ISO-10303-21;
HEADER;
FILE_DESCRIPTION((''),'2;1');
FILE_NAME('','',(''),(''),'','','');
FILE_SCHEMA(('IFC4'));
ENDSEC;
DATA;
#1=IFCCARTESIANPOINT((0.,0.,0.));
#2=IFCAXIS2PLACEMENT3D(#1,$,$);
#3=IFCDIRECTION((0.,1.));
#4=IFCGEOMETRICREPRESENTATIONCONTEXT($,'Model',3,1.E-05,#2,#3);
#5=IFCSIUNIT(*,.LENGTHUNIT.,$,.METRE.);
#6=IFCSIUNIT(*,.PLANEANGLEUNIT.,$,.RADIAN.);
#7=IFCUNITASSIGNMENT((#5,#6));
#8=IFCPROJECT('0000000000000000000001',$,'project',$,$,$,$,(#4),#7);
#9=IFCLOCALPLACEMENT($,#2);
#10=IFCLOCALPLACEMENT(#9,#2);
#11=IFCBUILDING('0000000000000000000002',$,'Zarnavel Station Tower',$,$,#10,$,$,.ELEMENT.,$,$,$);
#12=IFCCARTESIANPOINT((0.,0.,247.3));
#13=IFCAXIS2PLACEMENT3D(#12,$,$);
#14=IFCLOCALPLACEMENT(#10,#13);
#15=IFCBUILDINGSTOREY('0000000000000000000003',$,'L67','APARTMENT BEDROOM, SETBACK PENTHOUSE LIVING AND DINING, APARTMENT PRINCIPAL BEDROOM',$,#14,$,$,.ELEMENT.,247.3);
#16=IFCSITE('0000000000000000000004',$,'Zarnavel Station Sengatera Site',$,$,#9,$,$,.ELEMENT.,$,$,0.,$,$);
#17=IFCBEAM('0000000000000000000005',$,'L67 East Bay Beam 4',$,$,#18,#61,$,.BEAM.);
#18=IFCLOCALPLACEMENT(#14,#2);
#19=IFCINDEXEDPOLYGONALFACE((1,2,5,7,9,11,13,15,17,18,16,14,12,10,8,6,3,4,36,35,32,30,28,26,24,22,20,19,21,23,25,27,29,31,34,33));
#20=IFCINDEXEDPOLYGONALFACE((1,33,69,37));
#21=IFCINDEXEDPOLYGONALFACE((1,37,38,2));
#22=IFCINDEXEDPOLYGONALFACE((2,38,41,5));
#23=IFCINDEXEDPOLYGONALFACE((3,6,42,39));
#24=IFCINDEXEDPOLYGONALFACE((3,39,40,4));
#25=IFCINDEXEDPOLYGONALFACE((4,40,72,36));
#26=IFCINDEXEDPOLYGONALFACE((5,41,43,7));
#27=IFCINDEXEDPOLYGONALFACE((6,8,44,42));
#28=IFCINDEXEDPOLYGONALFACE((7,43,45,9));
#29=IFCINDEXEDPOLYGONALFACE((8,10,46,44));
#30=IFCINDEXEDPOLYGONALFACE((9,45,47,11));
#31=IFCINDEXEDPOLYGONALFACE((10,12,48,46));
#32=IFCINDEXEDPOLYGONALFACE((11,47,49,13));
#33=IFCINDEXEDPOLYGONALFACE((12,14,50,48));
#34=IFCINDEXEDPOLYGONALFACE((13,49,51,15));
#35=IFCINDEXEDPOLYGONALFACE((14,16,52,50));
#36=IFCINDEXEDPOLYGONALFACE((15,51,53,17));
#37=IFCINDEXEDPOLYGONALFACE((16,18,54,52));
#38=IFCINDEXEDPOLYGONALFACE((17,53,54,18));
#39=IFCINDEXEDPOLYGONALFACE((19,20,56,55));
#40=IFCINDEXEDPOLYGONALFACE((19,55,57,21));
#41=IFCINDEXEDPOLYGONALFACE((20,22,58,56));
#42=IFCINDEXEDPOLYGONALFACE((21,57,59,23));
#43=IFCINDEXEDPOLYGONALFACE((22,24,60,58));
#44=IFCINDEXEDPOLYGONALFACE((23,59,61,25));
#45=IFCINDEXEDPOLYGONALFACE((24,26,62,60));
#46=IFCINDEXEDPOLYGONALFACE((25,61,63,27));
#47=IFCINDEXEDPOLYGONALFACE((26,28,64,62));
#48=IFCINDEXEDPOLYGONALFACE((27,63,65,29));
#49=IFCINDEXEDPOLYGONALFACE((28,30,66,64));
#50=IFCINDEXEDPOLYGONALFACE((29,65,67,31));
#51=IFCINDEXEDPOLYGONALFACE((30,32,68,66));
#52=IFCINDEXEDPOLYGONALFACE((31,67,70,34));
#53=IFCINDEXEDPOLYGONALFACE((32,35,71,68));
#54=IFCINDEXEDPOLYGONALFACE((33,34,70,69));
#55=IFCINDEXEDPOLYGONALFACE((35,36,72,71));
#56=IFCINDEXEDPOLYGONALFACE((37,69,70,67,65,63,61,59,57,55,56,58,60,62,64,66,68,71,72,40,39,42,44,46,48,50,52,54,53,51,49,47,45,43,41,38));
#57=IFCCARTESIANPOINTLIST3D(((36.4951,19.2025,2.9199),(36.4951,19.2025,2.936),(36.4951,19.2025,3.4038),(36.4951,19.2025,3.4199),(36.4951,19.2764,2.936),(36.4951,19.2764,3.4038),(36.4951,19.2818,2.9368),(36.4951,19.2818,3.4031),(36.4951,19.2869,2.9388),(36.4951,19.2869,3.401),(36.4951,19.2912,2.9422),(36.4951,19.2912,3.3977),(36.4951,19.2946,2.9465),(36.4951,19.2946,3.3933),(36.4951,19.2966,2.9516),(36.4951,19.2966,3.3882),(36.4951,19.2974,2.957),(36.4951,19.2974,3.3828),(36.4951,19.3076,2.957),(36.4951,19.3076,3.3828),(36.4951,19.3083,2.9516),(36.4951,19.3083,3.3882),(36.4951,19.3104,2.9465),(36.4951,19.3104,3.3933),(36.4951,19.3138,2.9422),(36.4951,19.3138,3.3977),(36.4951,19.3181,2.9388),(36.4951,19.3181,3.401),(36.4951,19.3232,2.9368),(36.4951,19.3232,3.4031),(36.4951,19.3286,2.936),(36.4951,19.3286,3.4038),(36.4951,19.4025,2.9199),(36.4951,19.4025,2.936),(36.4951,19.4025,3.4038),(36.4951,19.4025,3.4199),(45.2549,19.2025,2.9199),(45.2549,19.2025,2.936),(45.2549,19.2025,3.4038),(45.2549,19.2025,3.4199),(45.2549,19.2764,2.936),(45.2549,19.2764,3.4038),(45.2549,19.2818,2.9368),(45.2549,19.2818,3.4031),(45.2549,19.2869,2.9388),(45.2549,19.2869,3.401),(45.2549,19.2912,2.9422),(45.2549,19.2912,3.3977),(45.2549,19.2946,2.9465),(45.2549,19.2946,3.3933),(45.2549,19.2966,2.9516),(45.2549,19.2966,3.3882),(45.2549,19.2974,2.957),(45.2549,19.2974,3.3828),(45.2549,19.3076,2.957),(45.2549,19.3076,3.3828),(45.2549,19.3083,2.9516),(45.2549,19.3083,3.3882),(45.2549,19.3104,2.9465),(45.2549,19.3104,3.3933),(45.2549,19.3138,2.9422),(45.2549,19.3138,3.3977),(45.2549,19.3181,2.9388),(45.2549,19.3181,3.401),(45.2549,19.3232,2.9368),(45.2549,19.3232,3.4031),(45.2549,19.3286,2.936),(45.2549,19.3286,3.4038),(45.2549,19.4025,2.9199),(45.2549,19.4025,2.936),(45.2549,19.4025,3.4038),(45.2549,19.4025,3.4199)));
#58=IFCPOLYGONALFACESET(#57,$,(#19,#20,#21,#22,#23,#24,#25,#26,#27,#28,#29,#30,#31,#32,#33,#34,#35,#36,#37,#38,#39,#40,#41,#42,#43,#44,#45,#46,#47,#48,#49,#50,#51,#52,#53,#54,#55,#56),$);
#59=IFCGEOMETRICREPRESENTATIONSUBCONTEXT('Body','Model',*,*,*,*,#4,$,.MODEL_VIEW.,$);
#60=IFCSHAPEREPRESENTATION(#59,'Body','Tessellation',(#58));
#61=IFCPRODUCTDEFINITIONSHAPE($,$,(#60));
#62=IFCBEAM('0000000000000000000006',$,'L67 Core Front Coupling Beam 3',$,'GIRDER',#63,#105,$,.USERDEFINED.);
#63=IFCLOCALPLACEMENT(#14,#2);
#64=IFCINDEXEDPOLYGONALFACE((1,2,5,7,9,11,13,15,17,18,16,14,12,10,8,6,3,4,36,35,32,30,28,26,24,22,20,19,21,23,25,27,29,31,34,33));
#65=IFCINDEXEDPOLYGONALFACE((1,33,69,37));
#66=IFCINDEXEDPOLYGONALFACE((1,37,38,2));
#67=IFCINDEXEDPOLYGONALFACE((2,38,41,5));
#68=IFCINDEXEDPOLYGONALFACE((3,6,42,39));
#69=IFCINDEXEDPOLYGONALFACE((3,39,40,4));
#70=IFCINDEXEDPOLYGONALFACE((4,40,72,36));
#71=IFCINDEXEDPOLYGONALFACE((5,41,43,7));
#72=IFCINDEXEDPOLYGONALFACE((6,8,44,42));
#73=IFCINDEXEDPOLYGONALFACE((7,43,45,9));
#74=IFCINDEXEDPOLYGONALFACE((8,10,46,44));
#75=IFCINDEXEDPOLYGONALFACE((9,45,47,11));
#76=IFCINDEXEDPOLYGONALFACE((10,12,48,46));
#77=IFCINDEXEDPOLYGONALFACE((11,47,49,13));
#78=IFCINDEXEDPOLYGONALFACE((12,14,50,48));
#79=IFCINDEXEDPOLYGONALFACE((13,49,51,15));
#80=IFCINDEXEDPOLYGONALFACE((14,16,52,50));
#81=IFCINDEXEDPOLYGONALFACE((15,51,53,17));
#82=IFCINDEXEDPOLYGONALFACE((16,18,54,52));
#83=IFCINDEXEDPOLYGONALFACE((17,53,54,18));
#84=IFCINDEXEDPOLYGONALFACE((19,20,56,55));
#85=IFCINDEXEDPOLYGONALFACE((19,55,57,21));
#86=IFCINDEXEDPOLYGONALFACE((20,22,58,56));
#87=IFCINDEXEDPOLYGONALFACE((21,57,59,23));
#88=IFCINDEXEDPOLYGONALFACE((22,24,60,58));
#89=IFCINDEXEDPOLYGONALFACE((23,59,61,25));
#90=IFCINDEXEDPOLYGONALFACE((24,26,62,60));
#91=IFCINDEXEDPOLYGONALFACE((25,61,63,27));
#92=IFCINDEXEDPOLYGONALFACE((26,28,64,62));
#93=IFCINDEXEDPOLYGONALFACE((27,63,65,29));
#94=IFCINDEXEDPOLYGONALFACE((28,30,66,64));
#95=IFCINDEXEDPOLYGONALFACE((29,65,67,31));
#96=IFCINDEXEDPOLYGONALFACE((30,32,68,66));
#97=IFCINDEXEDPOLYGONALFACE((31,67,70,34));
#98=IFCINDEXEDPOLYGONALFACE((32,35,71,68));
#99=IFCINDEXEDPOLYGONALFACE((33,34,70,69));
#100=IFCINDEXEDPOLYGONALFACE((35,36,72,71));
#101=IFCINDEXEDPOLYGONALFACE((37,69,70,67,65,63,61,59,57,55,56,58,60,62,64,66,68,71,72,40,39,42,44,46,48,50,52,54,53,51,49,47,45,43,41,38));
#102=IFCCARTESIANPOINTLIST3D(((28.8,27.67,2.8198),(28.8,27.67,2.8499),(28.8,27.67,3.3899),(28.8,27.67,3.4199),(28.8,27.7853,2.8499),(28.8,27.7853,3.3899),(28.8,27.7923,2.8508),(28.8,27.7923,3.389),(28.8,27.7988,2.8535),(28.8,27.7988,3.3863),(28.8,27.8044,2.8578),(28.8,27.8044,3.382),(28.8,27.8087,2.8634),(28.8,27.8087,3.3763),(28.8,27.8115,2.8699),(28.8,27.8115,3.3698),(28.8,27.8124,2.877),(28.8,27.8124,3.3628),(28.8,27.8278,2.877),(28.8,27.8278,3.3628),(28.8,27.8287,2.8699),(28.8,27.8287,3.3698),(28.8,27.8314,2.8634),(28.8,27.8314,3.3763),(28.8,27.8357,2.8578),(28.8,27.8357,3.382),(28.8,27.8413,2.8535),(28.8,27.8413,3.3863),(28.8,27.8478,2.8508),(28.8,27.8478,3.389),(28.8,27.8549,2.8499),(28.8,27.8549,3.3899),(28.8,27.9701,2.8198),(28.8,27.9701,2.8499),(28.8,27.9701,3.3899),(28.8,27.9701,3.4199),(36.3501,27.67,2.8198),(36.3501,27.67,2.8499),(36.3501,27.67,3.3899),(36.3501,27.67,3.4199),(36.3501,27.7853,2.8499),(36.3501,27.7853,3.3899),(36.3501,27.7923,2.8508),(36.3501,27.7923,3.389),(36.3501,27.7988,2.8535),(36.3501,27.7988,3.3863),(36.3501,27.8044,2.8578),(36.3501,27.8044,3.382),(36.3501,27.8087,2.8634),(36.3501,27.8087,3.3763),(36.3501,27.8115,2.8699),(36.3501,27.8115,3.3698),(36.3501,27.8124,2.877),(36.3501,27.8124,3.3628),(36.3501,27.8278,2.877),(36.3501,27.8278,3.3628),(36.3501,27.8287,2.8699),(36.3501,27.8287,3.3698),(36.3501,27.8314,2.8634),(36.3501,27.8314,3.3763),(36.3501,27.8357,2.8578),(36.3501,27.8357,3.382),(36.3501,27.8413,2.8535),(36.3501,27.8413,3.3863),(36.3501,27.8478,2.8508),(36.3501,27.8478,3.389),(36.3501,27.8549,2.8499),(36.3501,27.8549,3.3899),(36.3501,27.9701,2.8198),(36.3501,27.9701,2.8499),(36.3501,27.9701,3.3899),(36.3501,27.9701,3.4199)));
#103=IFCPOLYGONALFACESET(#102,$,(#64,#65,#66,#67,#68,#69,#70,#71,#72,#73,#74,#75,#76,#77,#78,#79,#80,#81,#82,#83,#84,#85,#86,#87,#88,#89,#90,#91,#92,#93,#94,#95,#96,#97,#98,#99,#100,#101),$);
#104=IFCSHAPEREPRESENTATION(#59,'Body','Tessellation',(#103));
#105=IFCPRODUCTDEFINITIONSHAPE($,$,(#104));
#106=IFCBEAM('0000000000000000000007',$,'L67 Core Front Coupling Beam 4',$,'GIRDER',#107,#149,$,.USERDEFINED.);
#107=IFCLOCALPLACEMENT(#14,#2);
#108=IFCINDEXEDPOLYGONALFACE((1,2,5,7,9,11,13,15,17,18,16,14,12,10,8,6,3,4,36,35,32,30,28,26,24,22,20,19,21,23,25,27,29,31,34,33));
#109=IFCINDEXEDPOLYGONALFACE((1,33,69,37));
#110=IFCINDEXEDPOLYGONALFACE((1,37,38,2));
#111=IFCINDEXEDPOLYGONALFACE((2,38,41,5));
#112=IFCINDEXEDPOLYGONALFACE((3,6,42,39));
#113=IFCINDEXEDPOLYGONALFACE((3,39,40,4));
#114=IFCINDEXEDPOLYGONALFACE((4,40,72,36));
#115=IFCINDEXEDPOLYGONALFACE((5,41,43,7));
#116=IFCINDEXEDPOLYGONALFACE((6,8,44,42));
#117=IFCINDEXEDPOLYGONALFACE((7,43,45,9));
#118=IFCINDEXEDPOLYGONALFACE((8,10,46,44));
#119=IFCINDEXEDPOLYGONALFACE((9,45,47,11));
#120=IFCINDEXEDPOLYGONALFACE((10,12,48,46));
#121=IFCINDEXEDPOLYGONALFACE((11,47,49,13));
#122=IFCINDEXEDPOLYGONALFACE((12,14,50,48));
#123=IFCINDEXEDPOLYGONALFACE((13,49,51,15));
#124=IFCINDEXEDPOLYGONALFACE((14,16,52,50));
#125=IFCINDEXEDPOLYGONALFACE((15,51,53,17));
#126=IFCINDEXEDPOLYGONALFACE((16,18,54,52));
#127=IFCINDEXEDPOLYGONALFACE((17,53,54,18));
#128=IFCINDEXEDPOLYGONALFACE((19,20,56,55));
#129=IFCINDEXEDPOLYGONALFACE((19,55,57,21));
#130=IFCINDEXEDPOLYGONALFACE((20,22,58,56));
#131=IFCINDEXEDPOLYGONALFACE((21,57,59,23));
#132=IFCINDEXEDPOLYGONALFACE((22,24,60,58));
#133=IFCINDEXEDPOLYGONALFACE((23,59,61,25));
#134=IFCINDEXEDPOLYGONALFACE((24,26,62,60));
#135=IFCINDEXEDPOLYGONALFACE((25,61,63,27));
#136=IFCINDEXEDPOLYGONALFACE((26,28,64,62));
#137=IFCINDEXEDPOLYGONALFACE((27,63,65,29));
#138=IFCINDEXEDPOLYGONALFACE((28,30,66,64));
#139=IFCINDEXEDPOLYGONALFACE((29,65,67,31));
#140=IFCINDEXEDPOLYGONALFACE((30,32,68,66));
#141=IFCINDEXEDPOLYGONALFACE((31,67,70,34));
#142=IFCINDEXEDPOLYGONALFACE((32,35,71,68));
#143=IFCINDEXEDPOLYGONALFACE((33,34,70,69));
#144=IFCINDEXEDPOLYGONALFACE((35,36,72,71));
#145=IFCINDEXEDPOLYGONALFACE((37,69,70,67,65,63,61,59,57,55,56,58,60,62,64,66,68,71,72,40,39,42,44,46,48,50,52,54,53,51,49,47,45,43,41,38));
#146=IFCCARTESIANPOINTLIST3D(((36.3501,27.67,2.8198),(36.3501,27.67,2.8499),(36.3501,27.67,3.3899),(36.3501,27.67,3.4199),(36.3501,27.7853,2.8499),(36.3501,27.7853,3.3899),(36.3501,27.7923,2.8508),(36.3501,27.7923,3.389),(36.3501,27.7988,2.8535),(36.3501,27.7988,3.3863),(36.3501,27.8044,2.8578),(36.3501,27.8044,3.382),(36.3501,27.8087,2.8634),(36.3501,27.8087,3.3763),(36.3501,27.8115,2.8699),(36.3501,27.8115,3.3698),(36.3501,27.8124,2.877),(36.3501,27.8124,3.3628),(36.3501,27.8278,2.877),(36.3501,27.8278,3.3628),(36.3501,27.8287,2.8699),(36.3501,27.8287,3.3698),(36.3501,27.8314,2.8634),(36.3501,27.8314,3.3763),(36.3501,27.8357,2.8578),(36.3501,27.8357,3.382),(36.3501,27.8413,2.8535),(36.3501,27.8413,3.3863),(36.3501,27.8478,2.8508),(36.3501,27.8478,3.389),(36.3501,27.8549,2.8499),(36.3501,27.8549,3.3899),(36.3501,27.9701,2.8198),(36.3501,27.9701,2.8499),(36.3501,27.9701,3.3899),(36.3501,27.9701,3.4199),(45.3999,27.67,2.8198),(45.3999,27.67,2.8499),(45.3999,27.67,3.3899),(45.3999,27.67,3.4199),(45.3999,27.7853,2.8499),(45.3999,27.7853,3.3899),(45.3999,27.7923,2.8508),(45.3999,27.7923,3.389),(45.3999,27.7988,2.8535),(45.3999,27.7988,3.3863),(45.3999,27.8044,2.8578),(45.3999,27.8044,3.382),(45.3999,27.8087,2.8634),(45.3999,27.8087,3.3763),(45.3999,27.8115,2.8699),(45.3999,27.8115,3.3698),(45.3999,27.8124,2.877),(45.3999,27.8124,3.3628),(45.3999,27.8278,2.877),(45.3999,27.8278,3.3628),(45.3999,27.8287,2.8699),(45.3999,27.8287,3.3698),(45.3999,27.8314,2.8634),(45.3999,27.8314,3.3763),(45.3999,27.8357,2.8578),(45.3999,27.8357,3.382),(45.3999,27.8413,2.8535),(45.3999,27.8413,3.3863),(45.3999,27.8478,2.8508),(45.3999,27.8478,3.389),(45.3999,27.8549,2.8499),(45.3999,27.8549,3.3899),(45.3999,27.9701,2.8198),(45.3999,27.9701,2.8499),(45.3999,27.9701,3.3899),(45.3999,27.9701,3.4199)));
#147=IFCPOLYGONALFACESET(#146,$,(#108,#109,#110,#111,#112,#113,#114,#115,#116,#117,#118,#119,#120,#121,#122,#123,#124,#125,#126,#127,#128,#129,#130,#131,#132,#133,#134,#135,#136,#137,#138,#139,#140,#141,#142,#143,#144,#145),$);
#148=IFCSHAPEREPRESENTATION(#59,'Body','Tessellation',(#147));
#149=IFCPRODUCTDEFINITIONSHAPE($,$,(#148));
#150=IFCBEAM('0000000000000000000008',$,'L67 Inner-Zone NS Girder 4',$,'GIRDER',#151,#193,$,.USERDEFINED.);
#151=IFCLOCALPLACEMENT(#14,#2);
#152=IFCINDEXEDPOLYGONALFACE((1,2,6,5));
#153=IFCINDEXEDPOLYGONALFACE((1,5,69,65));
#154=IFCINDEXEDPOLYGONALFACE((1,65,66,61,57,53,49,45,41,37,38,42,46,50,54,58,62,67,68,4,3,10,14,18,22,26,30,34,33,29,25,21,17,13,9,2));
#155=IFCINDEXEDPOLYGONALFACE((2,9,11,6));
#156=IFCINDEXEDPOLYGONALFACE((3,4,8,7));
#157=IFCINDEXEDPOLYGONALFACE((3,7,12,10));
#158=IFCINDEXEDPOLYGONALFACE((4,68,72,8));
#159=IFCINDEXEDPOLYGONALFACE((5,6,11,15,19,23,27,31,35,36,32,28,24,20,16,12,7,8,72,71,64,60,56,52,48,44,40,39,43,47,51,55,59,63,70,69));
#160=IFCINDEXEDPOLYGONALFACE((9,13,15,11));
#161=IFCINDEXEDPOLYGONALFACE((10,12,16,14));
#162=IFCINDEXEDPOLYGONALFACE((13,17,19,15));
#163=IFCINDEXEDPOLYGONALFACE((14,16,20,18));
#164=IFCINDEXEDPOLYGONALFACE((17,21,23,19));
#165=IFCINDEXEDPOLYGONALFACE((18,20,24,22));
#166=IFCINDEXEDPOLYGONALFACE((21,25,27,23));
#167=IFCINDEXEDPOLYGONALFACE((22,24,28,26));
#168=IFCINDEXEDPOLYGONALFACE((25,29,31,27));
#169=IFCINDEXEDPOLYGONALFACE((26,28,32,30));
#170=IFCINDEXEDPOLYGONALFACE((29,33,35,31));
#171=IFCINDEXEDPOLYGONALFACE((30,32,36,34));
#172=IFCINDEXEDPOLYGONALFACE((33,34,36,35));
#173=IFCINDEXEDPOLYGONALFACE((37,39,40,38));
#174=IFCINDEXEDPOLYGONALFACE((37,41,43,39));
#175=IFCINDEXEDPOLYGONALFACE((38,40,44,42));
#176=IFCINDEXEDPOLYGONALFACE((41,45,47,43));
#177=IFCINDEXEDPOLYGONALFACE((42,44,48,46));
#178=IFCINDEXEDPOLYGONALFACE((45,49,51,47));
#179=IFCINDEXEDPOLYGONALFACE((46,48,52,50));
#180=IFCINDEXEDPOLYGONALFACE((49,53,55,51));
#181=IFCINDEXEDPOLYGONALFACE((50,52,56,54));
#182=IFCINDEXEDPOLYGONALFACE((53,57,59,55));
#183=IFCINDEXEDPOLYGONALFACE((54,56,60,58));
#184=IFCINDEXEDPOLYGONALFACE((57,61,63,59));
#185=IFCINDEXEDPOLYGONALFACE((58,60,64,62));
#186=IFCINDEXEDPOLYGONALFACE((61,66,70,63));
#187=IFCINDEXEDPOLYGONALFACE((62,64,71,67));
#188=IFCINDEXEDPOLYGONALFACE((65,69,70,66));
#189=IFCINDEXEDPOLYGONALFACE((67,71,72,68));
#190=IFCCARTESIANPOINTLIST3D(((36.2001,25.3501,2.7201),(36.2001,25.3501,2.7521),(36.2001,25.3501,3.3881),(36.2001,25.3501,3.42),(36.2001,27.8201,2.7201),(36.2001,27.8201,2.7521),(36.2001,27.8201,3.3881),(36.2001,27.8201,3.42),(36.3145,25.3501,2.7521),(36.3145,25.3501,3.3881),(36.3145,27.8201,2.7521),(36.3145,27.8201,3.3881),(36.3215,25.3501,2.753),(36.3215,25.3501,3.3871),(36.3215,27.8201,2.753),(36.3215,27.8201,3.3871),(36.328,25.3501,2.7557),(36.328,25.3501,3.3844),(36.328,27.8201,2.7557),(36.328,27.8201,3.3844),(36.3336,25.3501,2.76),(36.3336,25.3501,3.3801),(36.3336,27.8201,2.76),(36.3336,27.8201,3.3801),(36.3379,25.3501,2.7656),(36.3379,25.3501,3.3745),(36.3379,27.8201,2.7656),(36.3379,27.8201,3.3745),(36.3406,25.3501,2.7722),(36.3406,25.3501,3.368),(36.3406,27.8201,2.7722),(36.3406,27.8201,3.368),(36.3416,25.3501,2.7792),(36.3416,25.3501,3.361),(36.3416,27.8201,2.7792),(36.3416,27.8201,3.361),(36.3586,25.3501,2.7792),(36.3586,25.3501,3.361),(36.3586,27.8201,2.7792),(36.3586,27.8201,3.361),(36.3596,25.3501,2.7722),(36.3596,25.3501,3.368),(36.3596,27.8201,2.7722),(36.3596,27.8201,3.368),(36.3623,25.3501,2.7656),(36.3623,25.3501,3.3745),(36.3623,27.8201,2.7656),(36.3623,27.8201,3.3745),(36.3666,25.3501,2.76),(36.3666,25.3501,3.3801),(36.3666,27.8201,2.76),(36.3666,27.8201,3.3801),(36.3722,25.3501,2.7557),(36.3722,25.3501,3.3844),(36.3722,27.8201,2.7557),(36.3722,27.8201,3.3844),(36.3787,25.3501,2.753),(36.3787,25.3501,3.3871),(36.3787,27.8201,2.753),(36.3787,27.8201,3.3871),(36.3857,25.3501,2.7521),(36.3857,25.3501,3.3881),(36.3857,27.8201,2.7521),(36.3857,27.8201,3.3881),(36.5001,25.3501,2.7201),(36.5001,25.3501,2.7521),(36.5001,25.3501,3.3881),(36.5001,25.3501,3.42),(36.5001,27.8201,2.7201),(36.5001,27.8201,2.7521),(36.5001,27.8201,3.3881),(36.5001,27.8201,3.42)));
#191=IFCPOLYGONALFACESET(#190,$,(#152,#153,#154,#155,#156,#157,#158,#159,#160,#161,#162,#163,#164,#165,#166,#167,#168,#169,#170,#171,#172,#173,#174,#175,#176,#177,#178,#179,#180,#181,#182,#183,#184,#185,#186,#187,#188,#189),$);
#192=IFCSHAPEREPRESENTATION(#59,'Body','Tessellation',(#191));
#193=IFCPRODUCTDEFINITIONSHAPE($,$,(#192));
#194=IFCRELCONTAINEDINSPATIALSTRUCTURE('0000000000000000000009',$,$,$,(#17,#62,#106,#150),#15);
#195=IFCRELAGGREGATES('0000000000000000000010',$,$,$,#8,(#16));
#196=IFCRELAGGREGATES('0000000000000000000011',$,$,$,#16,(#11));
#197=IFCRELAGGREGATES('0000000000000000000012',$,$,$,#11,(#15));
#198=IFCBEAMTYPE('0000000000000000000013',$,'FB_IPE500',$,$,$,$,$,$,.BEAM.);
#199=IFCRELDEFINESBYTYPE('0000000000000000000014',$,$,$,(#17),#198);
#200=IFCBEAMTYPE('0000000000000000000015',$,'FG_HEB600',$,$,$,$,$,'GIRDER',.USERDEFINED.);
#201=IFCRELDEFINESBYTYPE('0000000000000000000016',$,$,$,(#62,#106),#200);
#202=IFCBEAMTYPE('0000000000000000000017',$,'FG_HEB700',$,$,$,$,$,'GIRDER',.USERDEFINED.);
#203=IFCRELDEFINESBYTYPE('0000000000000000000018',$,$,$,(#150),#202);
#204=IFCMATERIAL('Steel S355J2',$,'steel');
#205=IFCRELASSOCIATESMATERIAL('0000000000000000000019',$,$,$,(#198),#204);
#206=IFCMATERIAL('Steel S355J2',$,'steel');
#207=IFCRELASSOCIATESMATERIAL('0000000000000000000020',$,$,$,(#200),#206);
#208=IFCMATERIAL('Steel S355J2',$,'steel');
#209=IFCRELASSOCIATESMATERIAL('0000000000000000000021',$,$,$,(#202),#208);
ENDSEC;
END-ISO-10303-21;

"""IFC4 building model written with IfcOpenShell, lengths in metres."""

from ifc_helpers import new_model, si_unit, direction, frame, origin, origin_2d, place, context, subcontext, project, spatial, i_section, extrude, material, material_profile, profile_set, type_object, element, save


model = new_model("IFC4")

# Units and contexts
model_context = context("Model", 3, precision=1e-05, world=origin(), true_north=direction((0.0, 1.0)))
body_context = subcontext(model_context, "Body", "Model", "MODEL_VIEW")
ifc_project = project(units=[si_unit("LENGTHUNIT", "METRE"), si_unit("PLANEANGLEUNIT", "RADIAN")], contexts=[model_context])

# Site, building, storey
site_placement = place(None, origin())
site = spatial("IfcSite", under=ifc_project, at=site_placement, Name="Zarnavel Station Sengatera Site", CompositionType="ELEMENT", RefElevation=0.0)
building_placement = place(site_placement, origin())
building = spatial("IfcBuilding", under=site, at=building_placement, Name="Zarnavel Station Tower", CompositionType="ELEMENT")
storey_placement = place(building_placement, frame((0.0, 0.0, 247.3)))
storey = spatial("IfcBuildingStorey", under=building, at=storey_placement, Name="L67", Description="APARTMENT BEDROOM, SETBACK PENTHOUSE LIVING AND DINING, APARTMENT PRINCIPAL BEDROOM", CompositionType="ELEMENT", Elevation=247.3)

# Beams
ifc_material_1 = material(Name="Steel S355J2", Category="steel")
ifc_material_profile_1 = material_profile(ifc_material_1, i_section(OverallWidth=0.2, OverallDepth=0.5, WebThickness=0.0103, FlangeThickness=0.0161, FilletRadius=0.021, at=origin_2d()), Name="IPE500")
ifc_profile_set_1 = profile_set([ifc_material_profile_1], Name="Steel S355J2")
beam_type_1 = type_object("IfcBeamType", Name="FB_IPE500", PredefinedType="BEAM", material=ifc_profile_set_1)
beam_1_placement = place(storey_placement, frame((36.4951, 19.3025, 3.1699), z_axis=(1.0, 0.0, 0.0), x_axis=(0.0, 1.0, 0.0)))
element("IfcBeam", 1, at=beam_1_placement, inside=storey, type_object=beam_type_1, Name="L67 East Bay Beam 4", PredefinedType="BEAM", context=body_context, shape_type="SweptSolid", body=[
    extrude(i_section(OverallWidth=0.2, OverallDepth=0.5, WebThickness=0.0103, FlangeThickness=0.0161, FilletRadius=0.021, at=origin_2d()), origin(), (0.0, 0.0, 1.0), 8.7598),
])
ifc_material_2 = material(Name="Steel S355J2", Category="steel")
ifc_material_profile_2 = material_profile(ifc_material_2, i_section(OverallWidth=0.3, OverallDepth=0.6001, WebThickness=0.0154, FlangeThickness=0.03, FilletRadius=0.0271, at=origin_2d()), Name="HEB600")
ifc_profile_set_2 = profile_set([ifc_material_profile_2], Name="Steel S355J2")
beam_type_2 = type_object("IfcBeamType", Name="FG_HEB600", ElementType="GIRDER", PredefinedType="USERDEFINED", material=ifc_profile_set_2)
beam_2_placement = place(storey_placement, frame((28.8, 27.8201, 3.1199), z_axis=(1.0, 0.0, 0.0), x_axis=(0.0, 1.0, 0.0)))
element("IfcBeam", 2, at=beam_2_placement, inside=storey, type_object=beam_type_2, Name="L67 Core Front Coupling Beam 3", ObjectType="GIRDER", PredefinedType="USERDEFINED", context=body_context, shape_type="SweptSolid", body=[
    extrude(i_section(OverallWidth=0.3, OverallDepth=0.6001, WebThickness=0.0154, FlangeThickness=0.03, FilletRadius=0.0271, at=origin_2d()), origin(), (0.0, 0.0, 1.0), 7.55),
])
beam_3_placement = place(storey_placement, frame((36.3501, 27.8201, 3.1199), z_axis=(1.0, 0.0, 0.0), x_axis=(0.0, 1.0, 0.0)))
element("IfcBeam", 3, at=beam_3_placement, inside=storey, type_object=beam_type_2, Name="L67 Core Front Coupling Beam 4", ObjectType="GIRDER", PredefinedType="USERDEFINED", context=body_context, shape_type="SweptSolid", body=[
    extrude(i_section(OverallWidth=0.3, OverallDepth=0.6001, WebThickness=0.0154, FlangeThickness=0.03, FilletRadius=0.0271, at=origin_2d()), origin(), (0.0, 0.0, 1.0), 9.0498),
])
ifc_material_3 = material(Name="Steel S355J2", Category="steel")
ifc_material_profile_3 = material_profile(ifc_material_3, i_section(OverallWidth=0.3, OverallDepth=0.7, WebThickness=0.0171, FlangeThickness=0.032, FilletRadius=0.0271, at=origin_2d()), Name="HEB700")
ifc_profile_set_3 = profile_set([ifc_material_profile_3], Name="Steel S355J2")
beam_type_3 = type_object("IfcBeamType", Name="FG_HEB700", ElementType="GIRDER", PredefinedType="USERDEFINED", material=ifc_profile_set_3)
beam_4_placement = place(storey_placement, frame((36.3501, 25.3501, 3.0701), z_axis=(0.0, 1.0, 0.0), x_axis=(-1.0, 0.0, 0.0)))
element("IfcBeam", 4, at=beam_4_placement, inside=storey, type_object=beam_type_3, Name="L67 Inner-Zone NS Girder 4", ObjectType="GIRDER", PredefinedType="USERDEFINED", context=body_context, shape_type="SweptSolid", body=[
    extrude(i_section(OverallWidth=0.3, OverallDepth=0.7, WebThickness=0.0171, FlangeThickness=0.032, FilletRadius=0.0271, at=origin_2d()), origin(), (0.0, 0.0, 1.0), 2.47),
])

save(model, "model.ifc")
